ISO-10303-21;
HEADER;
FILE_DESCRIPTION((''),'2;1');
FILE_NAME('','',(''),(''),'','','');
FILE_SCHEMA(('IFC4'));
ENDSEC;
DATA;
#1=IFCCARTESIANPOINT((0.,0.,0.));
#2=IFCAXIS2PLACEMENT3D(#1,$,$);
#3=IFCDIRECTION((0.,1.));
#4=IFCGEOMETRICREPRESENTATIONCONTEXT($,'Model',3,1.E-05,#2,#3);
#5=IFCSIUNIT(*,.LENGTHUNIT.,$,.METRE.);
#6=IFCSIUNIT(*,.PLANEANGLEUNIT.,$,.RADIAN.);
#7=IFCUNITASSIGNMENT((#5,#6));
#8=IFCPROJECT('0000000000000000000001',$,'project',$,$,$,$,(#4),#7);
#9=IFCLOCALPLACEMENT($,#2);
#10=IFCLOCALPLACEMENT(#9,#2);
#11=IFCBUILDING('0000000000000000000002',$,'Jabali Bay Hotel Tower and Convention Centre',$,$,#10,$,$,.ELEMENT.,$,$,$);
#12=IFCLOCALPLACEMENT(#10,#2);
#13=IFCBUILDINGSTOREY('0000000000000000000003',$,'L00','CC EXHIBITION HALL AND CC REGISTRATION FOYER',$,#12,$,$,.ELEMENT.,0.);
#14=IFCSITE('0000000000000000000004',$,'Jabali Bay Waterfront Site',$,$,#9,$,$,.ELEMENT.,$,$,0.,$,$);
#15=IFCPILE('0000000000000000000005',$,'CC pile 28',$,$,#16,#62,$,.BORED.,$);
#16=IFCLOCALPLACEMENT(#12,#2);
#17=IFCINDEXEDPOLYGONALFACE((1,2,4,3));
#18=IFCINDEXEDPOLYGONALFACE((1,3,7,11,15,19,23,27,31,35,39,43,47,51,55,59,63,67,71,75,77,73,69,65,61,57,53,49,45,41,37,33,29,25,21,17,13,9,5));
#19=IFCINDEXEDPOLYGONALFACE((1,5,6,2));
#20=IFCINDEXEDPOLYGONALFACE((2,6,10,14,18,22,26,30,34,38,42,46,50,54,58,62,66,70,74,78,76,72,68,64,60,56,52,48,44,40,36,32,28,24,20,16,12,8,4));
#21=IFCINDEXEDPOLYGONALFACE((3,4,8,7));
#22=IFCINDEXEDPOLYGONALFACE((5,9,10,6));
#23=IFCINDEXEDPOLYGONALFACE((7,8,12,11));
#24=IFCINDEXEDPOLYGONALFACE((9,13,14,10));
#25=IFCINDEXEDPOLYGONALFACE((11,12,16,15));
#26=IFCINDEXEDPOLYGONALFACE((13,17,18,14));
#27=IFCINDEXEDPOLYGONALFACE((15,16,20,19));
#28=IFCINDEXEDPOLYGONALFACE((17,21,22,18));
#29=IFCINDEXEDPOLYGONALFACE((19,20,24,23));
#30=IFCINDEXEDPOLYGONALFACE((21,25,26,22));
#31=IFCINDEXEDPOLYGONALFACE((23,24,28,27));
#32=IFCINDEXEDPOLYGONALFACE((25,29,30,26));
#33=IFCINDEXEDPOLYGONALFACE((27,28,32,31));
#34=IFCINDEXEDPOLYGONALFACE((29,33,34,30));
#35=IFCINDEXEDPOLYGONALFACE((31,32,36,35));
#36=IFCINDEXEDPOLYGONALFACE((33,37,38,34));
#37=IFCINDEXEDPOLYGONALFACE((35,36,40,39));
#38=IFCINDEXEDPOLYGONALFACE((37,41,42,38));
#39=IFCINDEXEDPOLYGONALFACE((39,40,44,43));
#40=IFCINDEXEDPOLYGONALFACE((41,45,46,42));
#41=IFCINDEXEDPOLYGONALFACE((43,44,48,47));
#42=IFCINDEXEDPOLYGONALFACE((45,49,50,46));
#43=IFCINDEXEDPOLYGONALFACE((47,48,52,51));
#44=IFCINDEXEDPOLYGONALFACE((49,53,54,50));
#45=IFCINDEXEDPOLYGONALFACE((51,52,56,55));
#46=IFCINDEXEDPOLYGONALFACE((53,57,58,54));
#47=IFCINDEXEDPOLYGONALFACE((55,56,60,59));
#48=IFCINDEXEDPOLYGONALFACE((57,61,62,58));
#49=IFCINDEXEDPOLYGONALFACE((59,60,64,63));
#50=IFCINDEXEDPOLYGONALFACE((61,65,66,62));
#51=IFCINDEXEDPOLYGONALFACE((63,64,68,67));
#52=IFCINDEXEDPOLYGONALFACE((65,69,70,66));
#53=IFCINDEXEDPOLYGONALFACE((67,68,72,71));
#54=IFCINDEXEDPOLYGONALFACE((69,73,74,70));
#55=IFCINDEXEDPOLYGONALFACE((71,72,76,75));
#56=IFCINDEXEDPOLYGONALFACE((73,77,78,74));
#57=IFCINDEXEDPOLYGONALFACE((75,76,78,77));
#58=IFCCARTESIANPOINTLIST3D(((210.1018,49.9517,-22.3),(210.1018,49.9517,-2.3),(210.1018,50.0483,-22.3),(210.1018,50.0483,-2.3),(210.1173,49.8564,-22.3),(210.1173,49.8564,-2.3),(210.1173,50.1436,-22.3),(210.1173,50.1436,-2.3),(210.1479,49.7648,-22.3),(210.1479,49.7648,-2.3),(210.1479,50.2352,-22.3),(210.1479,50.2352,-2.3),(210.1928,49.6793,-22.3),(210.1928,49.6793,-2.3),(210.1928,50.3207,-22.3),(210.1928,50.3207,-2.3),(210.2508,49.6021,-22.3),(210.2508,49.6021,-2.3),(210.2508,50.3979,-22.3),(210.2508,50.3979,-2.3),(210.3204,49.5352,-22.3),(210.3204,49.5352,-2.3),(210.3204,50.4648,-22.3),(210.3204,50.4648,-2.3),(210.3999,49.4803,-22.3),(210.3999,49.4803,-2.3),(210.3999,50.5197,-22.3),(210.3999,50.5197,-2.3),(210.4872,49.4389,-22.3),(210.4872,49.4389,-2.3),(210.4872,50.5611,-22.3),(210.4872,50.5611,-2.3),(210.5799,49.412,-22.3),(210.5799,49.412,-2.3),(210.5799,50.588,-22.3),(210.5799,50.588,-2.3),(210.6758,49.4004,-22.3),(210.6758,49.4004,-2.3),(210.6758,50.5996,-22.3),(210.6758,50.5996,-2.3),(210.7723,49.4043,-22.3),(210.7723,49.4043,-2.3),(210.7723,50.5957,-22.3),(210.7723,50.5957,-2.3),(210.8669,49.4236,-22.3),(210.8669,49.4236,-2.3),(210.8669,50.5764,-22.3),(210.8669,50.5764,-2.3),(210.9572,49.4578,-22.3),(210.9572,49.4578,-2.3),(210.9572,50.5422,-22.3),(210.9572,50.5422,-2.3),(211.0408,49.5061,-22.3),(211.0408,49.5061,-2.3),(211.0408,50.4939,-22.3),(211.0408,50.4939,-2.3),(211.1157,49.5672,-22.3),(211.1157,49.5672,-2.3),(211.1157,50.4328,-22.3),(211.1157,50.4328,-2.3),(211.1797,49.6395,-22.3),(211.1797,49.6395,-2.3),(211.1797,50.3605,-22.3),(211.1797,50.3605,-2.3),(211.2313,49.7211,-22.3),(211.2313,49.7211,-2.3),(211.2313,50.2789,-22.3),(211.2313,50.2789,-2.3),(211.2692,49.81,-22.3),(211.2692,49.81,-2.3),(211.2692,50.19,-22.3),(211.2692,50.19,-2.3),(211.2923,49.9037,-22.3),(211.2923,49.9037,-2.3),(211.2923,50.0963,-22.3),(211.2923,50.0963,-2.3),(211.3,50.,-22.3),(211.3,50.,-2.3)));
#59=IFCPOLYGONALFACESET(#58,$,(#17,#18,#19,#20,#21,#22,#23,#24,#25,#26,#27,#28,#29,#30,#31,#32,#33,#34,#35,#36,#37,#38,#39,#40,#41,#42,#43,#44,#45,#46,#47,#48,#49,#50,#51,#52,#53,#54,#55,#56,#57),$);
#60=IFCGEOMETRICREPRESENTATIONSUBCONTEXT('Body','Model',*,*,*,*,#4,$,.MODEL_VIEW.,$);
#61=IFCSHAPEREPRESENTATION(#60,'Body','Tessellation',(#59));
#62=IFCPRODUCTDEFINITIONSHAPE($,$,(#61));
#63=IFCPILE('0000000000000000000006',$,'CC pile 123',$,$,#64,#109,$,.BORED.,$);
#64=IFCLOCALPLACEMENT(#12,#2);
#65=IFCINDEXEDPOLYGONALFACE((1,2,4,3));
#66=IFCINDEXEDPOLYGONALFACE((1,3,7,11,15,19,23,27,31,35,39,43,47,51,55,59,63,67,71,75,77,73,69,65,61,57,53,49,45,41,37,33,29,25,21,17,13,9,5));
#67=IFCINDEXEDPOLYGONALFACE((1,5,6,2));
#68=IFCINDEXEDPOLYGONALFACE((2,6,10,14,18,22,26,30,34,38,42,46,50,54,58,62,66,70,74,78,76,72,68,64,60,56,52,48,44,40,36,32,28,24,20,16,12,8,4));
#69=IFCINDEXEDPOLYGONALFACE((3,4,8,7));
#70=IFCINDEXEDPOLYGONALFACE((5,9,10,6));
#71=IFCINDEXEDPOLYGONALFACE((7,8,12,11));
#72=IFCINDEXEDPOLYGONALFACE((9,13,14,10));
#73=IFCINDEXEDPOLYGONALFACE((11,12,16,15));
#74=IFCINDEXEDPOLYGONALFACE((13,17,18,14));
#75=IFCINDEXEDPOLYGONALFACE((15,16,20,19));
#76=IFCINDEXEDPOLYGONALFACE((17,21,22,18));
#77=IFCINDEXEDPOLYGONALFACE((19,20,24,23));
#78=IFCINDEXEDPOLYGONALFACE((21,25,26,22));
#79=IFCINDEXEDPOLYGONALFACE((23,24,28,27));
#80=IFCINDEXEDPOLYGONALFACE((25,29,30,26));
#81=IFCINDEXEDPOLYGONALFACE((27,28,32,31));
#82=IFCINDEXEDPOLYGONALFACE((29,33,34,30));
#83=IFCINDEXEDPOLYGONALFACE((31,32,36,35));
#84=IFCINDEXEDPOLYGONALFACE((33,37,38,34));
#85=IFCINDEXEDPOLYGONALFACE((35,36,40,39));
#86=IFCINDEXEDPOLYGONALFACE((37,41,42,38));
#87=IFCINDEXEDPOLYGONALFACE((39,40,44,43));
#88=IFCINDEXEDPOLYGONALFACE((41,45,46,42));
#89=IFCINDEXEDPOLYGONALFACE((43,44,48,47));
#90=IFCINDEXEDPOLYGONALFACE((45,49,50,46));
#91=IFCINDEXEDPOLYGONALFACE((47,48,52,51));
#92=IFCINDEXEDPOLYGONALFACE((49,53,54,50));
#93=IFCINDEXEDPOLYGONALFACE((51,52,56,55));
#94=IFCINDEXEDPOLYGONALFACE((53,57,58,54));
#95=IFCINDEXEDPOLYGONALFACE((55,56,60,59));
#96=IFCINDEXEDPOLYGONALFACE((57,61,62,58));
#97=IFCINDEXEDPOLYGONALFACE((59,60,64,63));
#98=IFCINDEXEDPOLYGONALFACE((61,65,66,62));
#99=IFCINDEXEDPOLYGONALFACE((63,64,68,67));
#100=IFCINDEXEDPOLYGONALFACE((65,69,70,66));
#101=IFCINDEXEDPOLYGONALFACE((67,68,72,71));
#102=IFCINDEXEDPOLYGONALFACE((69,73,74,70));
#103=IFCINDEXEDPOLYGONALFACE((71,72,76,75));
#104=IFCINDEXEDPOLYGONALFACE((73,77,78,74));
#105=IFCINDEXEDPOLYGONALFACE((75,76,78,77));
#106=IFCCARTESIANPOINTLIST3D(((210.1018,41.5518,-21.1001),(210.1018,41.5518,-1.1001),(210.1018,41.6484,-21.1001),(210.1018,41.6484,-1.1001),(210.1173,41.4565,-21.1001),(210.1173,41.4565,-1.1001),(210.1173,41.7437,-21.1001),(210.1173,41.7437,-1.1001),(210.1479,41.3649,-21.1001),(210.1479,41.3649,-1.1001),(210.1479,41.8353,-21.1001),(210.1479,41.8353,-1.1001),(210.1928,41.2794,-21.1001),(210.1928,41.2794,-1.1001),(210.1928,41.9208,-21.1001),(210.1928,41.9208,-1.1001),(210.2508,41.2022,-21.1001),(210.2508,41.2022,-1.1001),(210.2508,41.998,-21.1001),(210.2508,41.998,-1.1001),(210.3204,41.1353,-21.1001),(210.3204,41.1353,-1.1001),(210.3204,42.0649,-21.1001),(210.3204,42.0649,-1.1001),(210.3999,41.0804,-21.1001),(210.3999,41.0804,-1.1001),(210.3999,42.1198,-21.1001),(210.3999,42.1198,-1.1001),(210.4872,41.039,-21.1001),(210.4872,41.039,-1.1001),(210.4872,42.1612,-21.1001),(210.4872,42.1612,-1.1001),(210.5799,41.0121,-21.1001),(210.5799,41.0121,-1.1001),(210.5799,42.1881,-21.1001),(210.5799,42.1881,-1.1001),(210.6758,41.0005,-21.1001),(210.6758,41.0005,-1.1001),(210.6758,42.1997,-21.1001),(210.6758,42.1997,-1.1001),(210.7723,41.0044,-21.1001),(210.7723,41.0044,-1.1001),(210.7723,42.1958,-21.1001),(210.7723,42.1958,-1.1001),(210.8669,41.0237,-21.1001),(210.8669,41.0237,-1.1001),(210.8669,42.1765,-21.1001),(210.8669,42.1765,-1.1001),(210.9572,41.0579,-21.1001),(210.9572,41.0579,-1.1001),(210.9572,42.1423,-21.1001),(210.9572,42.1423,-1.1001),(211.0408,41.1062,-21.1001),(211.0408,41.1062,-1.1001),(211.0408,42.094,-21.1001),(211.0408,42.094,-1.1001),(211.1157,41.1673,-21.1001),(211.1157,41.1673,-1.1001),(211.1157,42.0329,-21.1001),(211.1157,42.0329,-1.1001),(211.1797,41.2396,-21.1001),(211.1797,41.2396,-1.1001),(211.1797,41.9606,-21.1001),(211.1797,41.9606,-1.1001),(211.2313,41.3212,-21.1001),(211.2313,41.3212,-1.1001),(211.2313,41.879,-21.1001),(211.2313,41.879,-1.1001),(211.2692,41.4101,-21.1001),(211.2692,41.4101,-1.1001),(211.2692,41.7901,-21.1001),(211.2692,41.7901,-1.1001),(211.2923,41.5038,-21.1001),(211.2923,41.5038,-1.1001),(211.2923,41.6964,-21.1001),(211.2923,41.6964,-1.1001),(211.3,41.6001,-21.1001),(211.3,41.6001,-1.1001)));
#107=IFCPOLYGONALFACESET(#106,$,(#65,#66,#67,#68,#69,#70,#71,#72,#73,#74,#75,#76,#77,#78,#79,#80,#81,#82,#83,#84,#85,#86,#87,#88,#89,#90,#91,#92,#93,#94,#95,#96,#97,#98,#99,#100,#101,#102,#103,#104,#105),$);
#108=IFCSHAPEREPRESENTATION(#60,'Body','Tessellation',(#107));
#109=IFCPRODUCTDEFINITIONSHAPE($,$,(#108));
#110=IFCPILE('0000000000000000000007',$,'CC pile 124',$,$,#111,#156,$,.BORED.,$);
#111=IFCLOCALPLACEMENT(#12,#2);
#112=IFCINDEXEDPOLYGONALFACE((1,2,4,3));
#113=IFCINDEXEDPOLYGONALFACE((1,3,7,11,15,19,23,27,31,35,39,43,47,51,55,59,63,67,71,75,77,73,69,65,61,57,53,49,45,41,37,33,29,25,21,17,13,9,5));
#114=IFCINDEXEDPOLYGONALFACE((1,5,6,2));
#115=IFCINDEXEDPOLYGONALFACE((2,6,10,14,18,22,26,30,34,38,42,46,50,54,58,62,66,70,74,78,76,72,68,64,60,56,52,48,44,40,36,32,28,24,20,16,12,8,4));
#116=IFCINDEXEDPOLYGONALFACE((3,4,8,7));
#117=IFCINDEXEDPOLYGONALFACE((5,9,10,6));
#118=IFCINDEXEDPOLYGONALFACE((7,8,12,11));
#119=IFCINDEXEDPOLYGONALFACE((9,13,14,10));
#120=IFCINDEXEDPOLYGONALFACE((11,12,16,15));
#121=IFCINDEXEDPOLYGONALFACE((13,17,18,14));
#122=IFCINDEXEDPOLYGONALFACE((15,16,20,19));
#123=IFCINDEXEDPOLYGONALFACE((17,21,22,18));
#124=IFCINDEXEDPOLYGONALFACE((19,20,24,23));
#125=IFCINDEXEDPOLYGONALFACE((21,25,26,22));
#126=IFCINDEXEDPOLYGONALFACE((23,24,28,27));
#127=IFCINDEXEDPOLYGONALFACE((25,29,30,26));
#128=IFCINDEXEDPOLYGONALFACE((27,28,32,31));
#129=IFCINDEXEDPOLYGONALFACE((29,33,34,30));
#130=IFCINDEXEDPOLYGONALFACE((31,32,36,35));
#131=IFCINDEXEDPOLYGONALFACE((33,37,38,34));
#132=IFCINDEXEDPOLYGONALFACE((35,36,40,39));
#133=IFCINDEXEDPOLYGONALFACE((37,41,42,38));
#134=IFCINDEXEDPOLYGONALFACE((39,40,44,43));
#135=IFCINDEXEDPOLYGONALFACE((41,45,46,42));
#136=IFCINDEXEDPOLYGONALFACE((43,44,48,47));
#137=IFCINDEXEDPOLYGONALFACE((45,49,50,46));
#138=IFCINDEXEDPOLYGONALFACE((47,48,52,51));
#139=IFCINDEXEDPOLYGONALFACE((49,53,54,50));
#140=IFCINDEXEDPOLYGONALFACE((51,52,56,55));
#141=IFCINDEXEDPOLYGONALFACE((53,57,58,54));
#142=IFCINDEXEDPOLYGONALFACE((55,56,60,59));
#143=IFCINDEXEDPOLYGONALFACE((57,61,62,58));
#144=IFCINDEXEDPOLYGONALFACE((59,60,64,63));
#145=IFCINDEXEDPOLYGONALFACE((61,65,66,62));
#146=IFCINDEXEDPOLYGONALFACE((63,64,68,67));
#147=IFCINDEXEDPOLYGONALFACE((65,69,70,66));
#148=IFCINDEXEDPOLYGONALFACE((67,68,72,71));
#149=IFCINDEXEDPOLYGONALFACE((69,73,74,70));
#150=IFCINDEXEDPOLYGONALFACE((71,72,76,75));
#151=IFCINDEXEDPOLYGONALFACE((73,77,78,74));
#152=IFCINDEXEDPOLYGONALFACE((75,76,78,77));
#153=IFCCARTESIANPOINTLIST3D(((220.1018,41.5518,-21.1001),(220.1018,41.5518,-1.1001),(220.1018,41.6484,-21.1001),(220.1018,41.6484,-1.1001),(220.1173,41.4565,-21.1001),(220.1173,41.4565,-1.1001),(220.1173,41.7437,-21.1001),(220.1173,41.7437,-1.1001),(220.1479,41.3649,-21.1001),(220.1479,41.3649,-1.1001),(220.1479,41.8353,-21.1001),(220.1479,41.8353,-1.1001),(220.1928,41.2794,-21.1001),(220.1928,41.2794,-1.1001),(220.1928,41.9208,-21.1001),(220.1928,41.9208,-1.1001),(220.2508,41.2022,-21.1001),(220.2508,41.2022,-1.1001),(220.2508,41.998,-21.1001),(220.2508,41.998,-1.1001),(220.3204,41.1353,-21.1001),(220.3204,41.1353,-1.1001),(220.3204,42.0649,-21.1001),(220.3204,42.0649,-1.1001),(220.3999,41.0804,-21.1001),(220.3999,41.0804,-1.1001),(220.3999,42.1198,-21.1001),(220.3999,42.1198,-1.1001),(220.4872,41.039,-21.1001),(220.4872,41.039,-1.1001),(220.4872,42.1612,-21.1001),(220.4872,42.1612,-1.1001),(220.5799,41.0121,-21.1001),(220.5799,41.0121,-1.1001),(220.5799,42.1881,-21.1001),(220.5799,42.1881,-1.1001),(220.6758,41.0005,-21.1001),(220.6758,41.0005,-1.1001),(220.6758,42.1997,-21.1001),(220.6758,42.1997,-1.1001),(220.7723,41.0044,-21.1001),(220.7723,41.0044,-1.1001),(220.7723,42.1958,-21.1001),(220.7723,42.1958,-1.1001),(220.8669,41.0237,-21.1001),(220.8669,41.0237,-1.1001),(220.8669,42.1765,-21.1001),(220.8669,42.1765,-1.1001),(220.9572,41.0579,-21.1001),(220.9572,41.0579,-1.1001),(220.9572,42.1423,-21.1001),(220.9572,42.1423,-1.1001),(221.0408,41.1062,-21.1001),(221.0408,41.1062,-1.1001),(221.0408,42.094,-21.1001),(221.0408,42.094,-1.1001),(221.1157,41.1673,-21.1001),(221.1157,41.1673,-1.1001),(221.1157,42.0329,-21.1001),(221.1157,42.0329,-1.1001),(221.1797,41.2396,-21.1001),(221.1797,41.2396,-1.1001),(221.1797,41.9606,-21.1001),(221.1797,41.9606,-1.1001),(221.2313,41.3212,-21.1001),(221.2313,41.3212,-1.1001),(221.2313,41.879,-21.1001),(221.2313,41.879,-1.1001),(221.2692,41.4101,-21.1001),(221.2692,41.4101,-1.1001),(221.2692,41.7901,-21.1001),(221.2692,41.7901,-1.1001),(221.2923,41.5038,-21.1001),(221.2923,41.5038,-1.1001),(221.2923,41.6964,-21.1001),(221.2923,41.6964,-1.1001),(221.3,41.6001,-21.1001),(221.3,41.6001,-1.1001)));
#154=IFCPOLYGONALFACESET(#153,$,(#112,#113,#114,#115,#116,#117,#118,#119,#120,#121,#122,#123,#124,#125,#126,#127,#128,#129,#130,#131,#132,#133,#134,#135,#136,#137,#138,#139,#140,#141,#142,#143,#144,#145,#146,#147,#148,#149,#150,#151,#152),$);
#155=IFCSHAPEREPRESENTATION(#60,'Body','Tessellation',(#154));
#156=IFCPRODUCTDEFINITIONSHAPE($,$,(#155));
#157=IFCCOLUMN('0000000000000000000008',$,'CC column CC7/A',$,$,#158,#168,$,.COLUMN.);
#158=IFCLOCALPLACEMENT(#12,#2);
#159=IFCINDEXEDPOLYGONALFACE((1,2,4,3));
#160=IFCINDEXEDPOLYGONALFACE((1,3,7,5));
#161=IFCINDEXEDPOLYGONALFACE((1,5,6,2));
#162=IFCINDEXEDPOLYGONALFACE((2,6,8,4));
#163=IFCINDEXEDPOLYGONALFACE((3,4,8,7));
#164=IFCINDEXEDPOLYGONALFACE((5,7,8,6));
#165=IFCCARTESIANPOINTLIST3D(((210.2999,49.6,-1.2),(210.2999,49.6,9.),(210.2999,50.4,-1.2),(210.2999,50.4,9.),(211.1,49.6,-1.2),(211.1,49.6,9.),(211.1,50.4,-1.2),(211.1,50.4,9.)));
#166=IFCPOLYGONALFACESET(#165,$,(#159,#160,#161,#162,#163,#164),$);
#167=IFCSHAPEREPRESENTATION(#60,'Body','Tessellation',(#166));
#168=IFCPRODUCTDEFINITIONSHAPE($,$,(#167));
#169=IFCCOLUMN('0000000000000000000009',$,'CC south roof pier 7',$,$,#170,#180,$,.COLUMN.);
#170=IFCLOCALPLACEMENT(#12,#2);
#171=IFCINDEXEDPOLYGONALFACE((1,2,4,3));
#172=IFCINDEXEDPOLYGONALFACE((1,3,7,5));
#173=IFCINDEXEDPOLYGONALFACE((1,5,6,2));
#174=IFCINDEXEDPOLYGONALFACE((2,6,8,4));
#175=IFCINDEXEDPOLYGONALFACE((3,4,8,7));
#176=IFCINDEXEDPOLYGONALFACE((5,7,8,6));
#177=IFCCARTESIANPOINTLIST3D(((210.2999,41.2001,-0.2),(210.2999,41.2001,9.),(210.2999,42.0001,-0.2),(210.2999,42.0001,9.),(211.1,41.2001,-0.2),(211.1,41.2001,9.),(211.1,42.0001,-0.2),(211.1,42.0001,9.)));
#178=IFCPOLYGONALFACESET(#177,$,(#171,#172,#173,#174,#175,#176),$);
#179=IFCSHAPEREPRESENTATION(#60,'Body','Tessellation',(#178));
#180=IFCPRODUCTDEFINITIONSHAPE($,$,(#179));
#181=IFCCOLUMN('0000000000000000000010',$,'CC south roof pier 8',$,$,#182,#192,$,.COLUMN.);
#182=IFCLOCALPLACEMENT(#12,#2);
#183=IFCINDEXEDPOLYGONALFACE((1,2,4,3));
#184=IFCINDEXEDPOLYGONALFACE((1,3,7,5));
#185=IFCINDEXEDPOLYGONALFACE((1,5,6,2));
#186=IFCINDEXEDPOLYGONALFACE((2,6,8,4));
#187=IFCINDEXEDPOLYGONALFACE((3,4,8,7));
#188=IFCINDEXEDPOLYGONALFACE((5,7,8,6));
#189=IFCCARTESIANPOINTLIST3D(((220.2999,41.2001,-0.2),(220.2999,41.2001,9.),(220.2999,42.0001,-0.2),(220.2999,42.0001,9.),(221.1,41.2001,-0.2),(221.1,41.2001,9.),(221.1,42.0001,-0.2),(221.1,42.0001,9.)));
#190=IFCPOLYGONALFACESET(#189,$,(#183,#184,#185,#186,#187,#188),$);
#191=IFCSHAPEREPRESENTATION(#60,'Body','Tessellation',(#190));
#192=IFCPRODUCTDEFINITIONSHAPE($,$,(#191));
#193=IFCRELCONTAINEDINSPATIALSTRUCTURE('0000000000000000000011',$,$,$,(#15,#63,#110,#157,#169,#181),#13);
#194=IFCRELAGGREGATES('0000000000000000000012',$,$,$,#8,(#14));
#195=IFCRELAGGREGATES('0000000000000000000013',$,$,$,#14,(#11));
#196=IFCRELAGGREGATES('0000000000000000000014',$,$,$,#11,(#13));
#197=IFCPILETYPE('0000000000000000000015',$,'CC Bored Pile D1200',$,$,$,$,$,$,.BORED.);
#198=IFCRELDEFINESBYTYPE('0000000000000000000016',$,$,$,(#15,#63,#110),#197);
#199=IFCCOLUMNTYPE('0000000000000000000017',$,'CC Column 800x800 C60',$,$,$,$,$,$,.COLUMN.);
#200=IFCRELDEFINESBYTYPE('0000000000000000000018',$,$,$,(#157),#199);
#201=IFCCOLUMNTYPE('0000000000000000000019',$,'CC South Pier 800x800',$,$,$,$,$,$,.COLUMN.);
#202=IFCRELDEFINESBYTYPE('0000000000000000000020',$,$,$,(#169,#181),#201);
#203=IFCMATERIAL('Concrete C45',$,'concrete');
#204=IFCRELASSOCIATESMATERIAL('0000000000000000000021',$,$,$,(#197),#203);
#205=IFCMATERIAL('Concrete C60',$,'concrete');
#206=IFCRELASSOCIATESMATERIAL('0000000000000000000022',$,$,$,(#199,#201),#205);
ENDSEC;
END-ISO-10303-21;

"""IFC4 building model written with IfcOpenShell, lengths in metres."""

from ifc_helpers import new_model, si_unit, direction, frame, origin, origin_2d, place, context, subcontext, project, spatial, rectangle, circle, extrude, material, material_profile, profile_set, type_object, element, save


model = new_model("IFC4")

# Units and contexts
model_context = context("Model", 3, precision=1e-05, world=origin(), true_north=direction((0.0, 1.0)))
body_context = subcontext(model_context, "Body", "Model", "MODEL_VIEW")
ifc_project = project(units=[si_unit("LENGTHUNIT", "METRE"), si_unit("PLANEANGLEUNIT", "RADIAN")], contexts=[model_context])

# Site, building, storey
site_placement = place(None, origin())
site = spatial("IfcSite", under=ifc_project, at=site_placement, Name="Jabali Bay Waterfront Site", CompositionType="ELEMENT", RefElevation=0.0)
building_placement = place(site_placement, origin())
building = spatial("IfcBuilding", under=site, at=building_placement, Name="Jabali Bay Hotel Tower and Convention Centre", CompositionType="ELEMENT")
storey_placement = place(building_placement, origin())
storey = spatial("IfcBuildingStorey", under=building, at=storey_placement, Name="L00", Description="CC EXHIBITION HALL AND CC REGISTRATION FOYER", CompositionType="ELEMENT", Elevation=0.0)

# Piles
ifc_material_1 = material(Name="Concrete C45", Category="concrete")
ifc_material_profile_1 = material_profile(ifc_material_1, circle(Radius=0.6001, at=origin_2d()), Name="D1200")
ifc_profile_set_1 = profile_set([ifc_material_profile_1], Name="Concrete C45")
pile_type = type_object("IfcPileType", Name="CC Bored Pile D1200", PredefinedType="BORED", material=ifc_profile_set_1)
for number, where, z_axis, x_axis, name in (
    (1, (210.7, 50.0, -2.3), (0.0, 0.0, -1.0), (1.0, 0.0, 0.0), "CC pile 28"),
    (2, (210.7, 41.6001, -1.1001), (0.0, 0.0, -1.0), (1.0, 0.0, 0.0), "CC pile 123"),
    (3, (220.7, 41.6001, -1.1001), (0.0, 0.0, -1.0), (1.0, 0.0, 0.0), "CC pile 124"),
):
    element("IfcPile", number, at=place(storey_placement, frame(where, z_axis=z_axis, x_axis=x_axis)), inside=storey, type_object=pile_type, Name=name, PredefinedType="BORED", context=body_context, shape_type="SweptSolid", body=[
        extrude(circle(Radius=0.6001, at=origin_2d()), origin(), (0.0, 0.0, 1.0), 20.0),
    ])

# Columns
ifc_material_2 = material(Name="Concrete C60", Category="concrete")
ifc_material_profile_2 = material_profile(ifc_material_2, rectangle(XDim=0.8, YDim=0.8, at=origin_2d()), Name="RC 800x800")
ifc_profile_set_2 = profile_set([ifc_material_profile_2], Name="Concrete C60")
column_type_1 = type_object("IfcColumnType", Name="CC Column 800x800 C60", PredefinedType="COLUMN", material=ifc_profile_set_2)
column_placement = place(storey_placement, frame((210.7, 50.0, -1.2), z_axis=(0.0, 0.0, 1.0), x_axis=(1.0, 0.0, 0.0)))
element("IfcColumn", 4, at=column_placement, inside=storey, type_object=column_type_1, Name="CC column CC7/A", PredefinedType="COLUMN", context=body_context, shape_type="SweptSolid", body=[
    extrude(rectangle(XDim=0.8, YDim=0.8, at=origin_2d()), origin(), (0.0, 0.0, 1.0), 10.2),
])
ifc_material_profile_3 = material_profile(ifc_material_2, rectangle(XDim=0.8, YDim=0.8, at=origin_2d()), Name="RC 800x800")
ifc_profile_set_3 = profile_set([ifc_material_profile_3], Name="Concrete C60")
column_type_2 = type_object("IfcColumnType", Name="CC South Pier 800x800", PredefinedType="COLUMN", material=ifc_profile_set_3)
for number, where, z_axis, x_axis, name in (
    (5, (210.7, 41.6001, -0.2), (0.0, 0.0, 1.0), (1.0, 0.0, 0.0), "CC south roof pier 7"),
    (6, (220.7, 41.6001, -0.2), (0.0, 0.0, 1.0), (1.0, 0.0, 0.0), "CC south roof pier 8"),
):
    element("IfcColumn", number, at=place(storey_placement, frame(where, z_axis=z_axis, x_axis=x_axis)), inside=storey, type_object=column_type_2, Name=name, PredefinedType="COLUMN", context=body_context, shape_type="SweptSolid", body=[
        extrude(rectangle(XDim=0.8, YDim=0.8, at=origin_2d()), origin(), (0.0, 0.0, 1.0), 9.2),
    ])

save(model, "model.ifc")
